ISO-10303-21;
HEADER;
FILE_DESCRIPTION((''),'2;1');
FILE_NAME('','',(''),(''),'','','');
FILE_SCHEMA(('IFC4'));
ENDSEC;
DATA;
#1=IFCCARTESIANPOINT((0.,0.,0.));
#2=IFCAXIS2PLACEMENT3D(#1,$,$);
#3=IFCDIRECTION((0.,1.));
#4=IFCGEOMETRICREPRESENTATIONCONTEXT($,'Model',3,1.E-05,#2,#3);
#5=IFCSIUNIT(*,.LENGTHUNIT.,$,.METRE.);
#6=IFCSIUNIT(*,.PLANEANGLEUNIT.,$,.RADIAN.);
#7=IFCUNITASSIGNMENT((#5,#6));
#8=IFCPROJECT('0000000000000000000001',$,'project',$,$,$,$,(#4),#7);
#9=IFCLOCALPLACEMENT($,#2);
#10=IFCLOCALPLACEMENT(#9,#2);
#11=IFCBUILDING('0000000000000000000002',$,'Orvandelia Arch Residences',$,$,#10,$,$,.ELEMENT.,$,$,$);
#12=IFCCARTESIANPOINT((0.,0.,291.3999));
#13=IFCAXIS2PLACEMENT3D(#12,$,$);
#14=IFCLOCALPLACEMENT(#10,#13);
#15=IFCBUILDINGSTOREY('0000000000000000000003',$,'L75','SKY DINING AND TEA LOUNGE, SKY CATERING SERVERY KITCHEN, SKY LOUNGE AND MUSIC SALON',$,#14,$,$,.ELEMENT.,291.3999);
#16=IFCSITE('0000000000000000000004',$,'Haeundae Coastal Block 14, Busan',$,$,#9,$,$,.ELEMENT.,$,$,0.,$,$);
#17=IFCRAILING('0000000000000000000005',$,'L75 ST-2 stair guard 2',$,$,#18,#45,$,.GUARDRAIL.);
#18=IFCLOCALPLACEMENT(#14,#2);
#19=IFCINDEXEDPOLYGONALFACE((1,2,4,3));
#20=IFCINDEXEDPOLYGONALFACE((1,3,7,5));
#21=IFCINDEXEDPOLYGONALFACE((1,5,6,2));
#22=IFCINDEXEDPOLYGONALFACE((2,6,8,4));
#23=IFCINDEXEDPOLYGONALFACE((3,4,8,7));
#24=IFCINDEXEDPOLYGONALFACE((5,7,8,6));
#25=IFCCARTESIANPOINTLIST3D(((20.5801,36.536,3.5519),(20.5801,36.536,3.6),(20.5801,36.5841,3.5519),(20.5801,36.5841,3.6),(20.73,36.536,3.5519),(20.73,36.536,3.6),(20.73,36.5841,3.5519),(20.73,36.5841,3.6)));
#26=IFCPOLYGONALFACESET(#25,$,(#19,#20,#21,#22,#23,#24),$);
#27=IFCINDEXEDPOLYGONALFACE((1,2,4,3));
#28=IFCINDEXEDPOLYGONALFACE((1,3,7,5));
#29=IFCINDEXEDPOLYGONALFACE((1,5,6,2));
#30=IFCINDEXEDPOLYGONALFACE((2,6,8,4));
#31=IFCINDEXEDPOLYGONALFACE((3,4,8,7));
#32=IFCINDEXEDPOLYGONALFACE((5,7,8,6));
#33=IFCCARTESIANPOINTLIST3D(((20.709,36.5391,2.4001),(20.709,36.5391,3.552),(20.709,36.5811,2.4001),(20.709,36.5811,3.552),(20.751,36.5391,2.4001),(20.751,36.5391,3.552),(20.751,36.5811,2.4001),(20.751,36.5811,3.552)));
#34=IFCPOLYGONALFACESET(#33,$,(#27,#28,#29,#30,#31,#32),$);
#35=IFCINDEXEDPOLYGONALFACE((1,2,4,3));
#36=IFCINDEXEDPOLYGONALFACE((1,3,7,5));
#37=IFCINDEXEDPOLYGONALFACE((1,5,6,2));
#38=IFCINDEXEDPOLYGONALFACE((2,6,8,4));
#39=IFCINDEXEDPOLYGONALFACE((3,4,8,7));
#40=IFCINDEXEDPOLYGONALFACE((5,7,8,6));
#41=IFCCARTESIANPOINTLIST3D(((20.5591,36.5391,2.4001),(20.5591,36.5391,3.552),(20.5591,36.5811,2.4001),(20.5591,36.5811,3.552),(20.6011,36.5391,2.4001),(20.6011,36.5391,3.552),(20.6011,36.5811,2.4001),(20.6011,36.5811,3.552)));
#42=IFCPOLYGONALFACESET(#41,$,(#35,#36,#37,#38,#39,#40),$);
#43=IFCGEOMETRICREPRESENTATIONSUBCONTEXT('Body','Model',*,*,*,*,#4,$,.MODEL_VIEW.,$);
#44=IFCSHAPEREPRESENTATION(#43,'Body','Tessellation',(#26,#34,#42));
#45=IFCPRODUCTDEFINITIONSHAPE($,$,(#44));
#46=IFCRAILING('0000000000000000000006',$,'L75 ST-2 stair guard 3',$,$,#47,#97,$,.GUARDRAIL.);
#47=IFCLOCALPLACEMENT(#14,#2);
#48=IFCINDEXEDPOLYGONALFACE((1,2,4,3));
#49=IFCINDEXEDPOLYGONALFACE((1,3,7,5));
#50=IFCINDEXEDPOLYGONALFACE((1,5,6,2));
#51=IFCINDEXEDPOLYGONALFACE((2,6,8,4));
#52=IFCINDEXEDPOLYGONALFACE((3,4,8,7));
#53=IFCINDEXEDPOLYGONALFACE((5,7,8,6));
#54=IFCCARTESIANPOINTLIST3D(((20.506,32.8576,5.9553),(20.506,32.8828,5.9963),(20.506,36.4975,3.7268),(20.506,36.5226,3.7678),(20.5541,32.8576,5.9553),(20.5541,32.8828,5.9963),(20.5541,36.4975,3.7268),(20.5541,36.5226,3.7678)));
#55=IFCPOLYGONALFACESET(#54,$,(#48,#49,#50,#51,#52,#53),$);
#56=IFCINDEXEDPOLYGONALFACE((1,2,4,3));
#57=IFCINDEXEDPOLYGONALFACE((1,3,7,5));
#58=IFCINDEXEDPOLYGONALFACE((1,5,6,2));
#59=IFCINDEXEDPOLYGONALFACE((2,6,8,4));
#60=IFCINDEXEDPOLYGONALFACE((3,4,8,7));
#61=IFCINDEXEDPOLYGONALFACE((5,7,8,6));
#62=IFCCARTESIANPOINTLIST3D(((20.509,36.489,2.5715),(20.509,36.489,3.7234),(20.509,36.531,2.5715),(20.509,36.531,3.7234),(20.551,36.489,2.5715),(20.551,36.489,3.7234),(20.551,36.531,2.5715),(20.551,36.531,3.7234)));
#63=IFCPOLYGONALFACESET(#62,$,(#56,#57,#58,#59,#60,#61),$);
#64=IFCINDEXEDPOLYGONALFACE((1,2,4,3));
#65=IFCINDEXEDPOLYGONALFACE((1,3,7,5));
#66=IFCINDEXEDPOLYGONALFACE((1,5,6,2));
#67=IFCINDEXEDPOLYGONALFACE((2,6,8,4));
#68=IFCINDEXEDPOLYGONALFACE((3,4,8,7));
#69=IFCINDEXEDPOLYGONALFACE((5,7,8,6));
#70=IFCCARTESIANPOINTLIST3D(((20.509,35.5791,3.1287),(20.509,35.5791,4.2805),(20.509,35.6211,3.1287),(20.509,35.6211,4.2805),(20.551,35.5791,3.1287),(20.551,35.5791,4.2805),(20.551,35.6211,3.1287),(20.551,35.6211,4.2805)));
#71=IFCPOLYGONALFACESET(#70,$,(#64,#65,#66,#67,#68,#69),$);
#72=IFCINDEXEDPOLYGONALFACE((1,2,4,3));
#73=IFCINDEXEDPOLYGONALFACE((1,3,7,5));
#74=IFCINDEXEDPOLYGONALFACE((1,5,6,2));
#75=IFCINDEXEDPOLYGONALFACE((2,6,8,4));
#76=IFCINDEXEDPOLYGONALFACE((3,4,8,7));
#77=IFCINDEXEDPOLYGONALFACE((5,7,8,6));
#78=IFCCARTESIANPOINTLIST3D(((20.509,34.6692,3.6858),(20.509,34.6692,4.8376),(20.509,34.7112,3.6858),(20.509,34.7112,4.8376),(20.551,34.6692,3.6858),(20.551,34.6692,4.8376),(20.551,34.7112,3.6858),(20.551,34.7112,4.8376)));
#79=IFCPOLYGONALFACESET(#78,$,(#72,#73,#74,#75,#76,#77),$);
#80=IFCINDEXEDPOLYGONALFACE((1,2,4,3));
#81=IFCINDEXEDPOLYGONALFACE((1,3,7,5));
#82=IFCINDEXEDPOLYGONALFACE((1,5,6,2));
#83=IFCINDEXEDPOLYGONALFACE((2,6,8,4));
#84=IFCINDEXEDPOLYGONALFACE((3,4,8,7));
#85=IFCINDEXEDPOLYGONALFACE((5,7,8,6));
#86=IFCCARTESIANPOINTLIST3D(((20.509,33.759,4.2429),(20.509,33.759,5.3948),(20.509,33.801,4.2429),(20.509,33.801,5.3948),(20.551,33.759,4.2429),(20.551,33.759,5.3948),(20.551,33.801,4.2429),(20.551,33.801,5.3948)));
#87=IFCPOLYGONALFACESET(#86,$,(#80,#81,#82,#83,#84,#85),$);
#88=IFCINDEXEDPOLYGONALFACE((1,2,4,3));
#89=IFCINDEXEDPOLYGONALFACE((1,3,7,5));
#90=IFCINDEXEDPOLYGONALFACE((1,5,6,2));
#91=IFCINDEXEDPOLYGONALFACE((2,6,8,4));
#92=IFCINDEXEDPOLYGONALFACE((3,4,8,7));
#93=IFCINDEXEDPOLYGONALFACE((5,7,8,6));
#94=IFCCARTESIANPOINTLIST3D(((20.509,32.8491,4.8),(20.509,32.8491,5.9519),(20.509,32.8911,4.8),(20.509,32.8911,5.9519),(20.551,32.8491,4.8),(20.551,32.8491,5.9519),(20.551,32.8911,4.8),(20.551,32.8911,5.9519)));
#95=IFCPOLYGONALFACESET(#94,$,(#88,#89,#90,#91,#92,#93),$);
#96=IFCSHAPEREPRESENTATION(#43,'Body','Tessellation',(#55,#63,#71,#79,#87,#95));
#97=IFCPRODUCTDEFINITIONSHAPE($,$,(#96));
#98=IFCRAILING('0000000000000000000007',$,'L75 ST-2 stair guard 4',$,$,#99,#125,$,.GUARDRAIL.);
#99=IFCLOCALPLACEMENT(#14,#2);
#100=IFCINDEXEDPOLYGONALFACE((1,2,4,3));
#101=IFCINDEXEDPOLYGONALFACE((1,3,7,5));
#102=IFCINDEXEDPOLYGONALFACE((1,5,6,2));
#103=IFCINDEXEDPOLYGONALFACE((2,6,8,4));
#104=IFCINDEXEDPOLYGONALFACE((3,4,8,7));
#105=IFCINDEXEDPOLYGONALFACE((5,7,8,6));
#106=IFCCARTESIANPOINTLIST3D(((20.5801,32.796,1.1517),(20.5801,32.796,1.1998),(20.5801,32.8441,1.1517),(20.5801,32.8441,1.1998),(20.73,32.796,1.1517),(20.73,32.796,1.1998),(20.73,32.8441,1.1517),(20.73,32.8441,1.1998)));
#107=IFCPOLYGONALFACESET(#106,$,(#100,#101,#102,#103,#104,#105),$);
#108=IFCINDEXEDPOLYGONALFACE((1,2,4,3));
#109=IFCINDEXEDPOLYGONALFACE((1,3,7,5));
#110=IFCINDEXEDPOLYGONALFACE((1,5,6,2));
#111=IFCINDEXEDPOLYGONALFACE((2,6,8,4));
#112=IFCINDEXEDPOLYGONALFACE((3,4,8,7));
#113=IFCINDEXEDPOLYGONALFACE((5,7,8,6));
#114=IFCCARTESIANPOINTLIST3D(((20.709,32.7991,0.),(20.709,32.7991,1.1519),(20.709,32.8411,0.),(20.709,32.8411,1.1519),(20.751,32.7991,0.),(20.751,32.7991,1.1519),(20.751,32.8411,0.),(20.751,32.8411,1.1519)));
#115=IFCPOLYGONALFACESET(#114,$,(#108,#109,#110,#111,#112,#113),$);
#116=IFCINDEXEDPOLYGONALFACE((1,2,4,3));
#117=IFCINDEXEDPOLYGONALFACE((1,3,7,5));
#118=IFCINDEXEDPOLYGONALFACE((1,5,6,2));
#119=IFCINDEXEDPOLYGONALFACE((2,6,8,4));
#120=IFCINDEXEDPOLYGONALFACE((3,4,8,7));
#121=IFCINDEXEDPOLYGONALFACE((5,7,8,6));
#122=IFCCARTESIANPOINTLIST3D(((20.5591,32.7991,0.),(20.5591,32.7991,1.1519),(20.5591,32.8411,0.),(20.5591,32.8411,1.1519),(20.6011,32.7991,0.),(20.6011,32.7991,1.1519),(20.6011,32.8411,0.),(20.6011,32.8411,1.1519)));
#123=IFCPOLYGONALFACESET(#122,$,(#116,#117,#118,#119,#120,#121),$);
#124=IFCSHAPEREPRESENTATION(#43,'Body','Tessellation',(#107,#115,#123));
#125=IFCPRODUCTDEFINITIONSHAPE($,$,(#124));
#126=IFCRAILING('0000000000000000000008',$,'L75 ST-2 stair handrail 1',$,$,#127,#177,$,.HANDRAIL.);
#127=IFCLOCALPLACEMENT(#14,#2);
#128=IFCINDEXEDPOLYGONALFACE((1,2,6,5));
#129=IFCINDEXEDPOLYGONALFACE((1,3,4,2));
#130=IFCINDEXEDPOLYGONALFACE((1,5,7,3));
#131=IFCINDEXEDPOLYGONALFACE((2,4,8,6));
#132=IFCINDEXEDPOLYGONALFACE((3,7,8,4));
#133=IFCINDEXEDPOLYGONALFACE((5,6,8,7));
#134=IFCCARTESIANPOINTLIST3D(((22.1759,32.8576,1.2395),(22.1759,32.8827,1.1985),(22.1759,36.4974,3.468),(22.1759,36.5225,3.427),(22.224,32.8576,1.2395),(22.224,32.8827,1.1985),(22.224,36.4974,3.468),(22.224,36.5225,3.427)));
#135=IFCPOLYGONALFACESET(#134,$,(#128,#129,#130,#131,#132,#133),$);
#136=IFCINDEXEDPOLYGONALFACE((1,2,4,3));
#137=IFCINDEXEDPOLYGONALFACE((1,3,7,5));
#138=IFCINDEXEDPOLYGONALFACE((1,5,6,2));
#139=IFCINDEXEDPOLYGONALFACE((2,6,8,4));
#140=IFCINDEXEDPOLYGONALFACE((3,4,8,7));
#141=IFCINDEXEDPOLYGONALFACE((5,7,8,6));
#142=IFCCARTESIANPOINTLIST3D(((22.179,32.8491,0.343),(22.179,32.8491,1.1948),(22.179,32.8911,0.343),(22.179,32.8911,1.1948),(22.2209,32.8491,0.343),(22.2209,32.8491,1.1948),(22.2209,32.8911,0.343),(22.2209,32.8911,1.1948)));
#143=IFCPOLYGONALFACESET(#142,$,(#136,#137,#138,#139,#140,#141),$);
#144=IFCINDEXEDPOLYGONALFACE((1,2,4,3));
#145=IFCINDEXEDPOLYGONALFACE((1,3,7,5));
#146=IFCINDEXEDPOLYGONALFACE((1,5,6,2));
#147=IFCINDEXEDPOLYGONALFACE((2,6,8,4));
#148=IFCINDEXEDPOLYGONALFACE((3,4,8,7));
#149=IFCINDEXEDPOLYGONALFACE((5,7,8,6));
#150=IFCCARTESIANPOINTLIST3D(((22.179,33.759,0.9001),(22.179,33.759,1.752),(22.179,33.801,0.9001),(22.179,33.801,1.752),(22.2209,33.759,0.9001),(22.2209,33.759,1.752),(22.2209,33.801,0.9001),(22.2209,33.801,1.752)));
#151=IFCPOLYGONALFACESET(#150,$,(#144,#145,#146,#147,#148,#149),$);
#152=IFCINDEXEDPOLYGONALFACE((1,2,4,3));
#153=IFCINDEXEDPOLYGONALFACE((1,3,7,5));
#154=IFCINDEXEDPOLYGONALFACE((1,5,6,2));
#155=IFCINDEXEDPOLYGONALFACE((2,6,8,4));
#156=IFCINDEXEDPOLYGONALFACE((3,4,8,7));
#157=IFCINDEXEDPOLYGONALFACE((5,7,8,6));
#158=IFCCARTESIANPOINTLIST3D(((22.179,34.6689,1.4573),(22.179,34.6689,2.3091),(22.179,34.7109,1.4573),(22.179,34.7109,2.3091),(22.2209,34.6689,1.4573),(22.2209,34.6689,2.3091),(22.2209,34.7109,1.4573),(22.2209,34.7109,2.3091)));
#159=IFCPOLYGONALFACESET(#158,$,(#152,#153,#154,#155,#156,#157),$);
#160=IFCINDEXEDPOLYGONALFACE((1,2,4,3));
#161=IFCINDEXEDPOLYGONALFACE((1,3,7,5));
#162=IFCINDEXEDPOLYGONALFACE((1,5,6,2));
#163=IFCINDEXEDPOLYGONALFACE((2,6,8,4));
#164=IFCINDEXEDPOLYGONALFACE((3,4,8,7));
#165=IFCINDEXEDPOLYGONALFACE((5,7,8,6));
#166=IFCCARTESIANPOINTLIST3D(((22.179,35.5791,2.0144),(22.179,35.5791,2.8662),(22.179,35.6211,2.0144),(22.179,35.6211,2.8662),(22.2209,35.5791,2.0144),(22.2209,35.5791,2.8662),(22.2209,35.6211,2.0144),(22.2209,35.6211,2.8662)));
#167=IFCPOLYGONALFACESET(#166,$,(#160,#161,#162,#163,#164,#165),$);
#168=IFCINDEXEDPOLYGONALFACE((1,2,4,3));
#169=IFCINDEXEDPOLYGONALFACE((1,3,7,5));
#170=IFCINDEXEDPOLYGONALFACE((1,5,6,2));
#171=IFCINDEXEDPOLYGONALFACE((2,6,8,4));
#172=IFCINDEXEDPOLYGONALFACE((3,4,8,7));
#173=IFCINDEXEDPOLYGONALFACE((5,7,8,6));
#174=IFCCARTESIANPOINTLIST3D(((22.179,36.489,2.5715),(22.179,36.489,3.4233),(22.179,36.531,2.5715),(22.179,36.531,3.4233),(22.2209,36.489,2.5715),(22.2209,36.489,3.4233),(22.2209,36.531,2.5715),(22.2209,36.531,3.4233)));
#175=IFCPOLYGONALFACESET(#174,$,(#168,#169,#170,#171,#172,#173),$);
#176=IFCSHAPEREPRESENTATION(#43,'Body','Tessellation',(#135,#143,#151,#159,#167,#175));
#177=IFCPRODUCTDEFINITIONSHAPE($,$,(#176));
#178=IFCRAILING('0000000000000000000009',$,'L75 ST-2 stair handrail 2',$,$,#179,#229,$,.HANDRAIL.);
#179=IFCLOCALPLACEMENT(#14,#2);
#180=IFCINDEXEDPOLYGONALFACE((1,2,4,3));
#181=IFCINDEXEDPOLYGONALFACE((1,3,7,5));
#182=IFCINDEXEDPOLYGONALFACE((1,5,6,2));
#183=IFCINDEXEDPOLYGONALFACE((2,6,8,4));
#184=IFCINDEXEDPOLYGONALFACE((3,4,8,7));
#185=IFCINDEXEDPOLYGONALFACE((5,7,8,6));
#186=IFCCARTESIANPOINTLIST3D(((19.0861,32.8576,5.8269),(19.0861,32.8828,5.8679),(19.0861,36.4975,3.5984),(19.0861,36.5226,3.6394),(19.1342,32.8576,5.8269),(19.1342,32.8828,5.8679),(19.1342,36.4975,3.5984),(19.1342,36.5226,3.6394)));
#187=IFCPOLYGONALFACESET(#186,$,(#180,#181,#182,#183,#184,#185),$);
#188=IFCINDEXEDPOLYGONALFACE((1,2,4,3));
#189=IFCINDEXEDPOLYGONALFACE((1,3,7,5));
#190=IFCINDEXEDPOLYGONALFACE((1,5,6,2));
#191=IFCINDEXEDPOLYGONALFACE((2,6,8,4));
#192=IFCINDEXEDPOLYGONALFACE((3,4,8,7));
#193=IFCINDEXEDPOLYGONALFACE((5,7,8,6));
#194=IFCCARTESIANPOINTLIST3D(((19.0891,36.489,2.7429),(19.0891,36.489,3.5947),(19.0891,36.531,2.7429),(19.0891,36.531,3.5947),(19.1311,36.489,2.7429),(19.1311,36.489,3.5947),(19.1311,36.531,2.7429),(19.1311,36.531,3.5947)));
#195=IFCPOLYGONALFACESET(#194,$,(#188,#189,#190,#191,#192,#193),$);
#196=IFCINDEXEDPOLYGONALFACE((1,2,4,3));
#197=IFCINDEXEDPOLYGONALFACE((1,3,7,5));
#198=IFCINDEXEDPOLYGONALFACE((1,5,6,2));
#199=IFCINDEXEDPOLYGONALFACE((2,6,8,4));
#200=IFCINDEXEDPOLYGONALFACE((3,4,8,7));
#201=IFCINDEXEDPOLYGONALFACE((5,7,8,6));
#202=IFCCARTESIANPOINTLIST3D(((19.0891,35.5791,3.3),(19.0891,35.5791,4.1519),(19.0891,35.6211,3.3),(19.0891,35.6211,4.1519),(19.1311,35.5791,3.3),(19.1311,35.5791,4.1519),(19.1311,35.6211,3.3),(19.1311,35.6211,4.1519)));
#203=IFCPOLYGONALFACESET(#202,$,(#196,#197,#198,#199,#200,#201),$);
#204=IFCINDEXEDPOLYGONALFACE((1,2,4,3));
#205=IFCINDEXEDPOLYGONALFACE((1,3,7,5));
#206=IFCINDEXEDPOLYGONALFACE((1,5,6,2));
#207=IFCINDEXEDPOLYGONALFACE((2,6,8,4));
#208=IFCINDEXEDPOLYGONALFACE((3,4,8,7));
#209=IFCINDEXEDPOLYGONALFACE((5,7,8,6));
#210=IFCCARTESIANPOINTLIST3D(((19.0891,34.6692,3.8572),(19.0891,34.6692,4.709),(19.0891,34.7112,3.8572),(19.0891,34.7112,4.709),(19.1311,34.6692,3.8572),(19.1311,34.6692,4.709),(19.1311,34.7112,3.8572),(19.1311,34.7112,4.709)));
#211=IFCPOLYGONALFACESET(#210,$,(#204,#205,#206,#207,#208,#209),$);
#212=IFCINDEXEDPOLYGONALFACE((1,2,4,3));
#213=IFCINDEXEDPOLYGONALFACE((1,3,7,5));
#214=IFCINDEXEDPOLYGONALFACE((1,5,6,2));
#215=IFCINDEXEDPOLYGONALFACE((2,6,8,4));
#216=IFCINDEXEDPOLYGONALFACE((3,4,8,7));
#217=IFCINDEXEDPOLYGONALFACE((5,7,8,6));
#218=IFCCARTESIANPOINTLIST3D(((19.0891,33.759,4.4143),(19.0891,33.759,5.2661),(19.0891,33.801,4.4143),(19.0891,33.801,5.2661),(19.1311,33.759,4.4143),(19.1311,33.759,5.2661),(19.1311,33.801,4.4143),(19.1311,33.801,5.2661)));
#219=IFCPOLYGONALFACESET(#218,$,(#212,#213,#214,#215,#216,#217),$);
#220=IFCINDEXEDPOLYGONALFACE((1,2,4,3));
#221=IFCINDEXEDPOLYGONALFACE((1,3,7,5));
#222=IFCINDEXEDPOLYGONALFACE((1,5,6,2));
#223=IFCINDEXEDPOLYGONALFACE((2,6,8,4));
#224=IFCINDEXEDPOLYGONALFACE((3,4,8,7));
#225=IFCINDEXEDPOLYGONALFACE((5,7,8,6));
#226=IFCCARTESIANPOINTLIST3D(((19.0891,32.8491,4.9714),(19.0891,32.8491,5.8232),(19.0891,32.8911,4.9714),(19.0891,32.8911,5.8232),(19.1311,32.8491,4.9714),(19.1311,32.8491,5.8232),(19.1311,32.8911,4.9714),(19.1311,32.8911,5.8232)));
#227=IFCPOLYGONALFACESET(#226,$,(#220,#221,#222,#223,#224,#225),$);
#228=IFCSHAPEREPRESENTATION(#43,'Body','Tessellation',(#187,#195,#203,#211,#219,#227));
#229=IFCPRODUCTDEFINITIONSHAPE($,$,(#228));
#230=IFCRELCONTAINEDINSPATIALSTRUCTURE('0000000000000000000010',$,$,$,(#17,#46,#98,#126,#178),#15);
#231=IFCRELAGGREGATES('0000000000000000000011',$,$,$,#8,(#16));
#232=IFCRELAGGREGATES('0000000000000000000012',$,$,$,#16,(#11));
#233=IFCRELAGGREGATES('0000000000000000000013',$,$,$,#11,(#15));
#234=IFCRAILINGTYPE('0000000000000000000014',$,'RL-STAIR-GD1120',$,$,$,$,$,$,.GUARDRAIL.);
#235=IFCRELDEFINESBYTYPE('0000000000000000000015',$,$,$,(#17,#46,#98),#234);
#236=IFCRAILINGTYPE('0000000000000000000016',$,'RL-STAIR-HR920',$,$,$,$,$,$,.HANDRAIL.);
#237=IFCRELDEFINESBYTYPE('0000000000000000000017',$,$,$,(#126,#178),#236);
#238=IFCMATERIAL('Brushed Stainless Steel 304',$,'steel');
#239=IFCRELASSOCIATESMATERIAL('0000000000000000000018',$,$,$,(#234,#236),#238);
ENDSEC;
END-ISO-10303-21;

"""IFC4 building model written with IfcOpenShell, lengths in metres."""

from ifc_helpers import new_model, si_unit, direction, frame, origin, origin_2d, place, context, subcontext, project, spatial, rectangle, extrude, material, type_object, element, save


model = new_model("IFC4")

# Units and contexts
model_context = context("Model", 3, precision=1e-05, world=origin(), true_north=direction((0.0, 1.0)))
body_context = subcontext(model_context, "Body", "Model", "MODEL_VIEW")
ifc_project = project(units=[si_unit("LENGTHUNIT", "METRE"), si_unit("PLANEANGLEUNIT", "RADIAN")], contexts=[model_context])

# Site, building, storey
site_placement = place(None, origin())
site = spatial("IfcSite", under=ifc_project, at=site_placement, Name="Haeundae Coastal Block 14, Busan", CompositionType="ELEMENT", RefElevation=0.0)
building_placement = place(site_placement, origin())
building = spatial("IfcBuilding", under=site, at=building_placement, Name="Orvandelia Arch Residences", CompositionType="ELEMENT")
storey_placement = place(building_placement, frame((0.0, 0.0, 291.3999)))
storey = spatial("IfcBuildingStorey", under=building, at=storey_placement, Name="L75", Description="SKY DINING AND TEA LOUNGE, SKY CATERING SERVERY KITCHEN, SKY LOUNGE AND MUSIC SALON", CompositionType="ELEMENT", Elevation=291.3999)

# Railings
ifc_material_1 = material(Name="Brushed Stainless Steel 304", Category="steel")
railing_type_1 = type_object("IfcRailingType", Name="RL-STAIR-GD1120", PredefinedType="GUARDRAIL", material=ifc_material_1)
railing_1_placement = place(storey_placement, frame((20.73, 36.5601, 2.4001)))
element("IfcRailing", 1, at=railing_1_placement, inside=storey, type_object=railing_type_1, Name="L75 ST-2 stair guard 2", PredefinedType="GUARDRAIL", context=body_context, shape_type="SweptSolid", body=[
    extrude(rectangle(XDim=0.0481, YDim=0.0481, at=origin_2d()), frame((0.0, 0.0, 1.1758), z_axis=(-1.0, 0.0, 0.0), x_axis=(0.0, -1.0, 0.0)), (0.0, 0.0, 1.0), 0.1499),
    extrude(rectangle(XDim=0.042, YDim=0.042, at=origin_2d()), origin(), (0.0, 0.0, 1.0), 1.1519),
    extrude(rectangle(XDim=0.042, YDim=0.042, at=origin_2d()), frame((-0.1499, 0.0, 0.0)), (0.0, 0.0, 1.0), 1.1519),
])
railing_2_placement = place(storey_placement, frame((20.53, 36.51, 2.5715)))
element("IfcRailing", 2, at=railing_2_placement, inside=storey, type_object=railing_type_1, Name="L75 ST-2 stair guard 3", PredefinedType="GUARDRAIL", context=body_context, shape_type="SweptSolid", body=[
    extrude(rectangle(XDim=0.0481, YDim=0.0481, at=origin_2d()), frame((0.0, 0.0, 1.1758), z_axis=(0.0, -0.85285, 0.522156), x_axis=(1.0, 0.0, 0.0)), (0.0, 0.0, 1.0), 4.2678),
    extrude(rectangle(XDim=0.042, YDim=0.042, at=origin_2d()), origin(), (0.0, 0.0, 1.0), 1.1519),
    extrude(rectangle(XDim=0.042, YDim=0.042, at=origin_2d()), frame((0.0, -0.9099, 0.5571)), (0.0, 0.0, 1.0), 1.1519),
    extrude(rectangle(XDim=0.042, YDim=0.042, at=origin_2d()), frame((0.0, -1.8198, 1.1143)), (0.0, 0.0, 1.0), 1.1519),
    extrude(rectangle(XDim=0.042, YDim=0.042, at=origin_2d()), frame((0.0, -2.73, 1.6714)), (0.0, 0.0, 1.0), 1.1519),
    extrude(rectangle(XDim=0.042, YDim=0.042, at=origin_2d()), frame((0.0, -3.6399, 2.2285)), (0.0, 0.0, 1.0), 1.1519),
])
railing_3_placement = place(storey_placement, frame((20.73, 32.8201, 0.0)))
element("IfcRailing", 3, at=railing_3_placement, inside=storey, type_object=railing_type_1, Name="L75 ST-2 stair guard 4", PredefinedType="GUARDRAIL", context=body_context, shape_type="SweptSolid", body=[
    extrude(rectangle(XDim=0.0481, YDim=0.0481, at=origin_2d()), frame((0.0, 0.0, 1.1758), z_axis=(-1.0, 0.0, 0.0), x_axis=(0.0, -1.0, 0.0)), (0.0, 0.0, 1.0), 0.1499),
    extrude(rectangle(XDim=0.042, YDim=0.042, at=origin_2d()), origin(), (0.0, 0.0, 1.0), 1.1519),
    extrude(rectangle(XDim=0.042, YDim=0.042, at=origin_2d()), frame((-0.1499, 0.0, 0.0)), (0.0, 0.0, 1.0), 1.1519),
])
railing_type_2 = type_object("IfcRailingType", Name="RL-STAIR-HR920", PredefinedType="HANDRAIL", material=ifc_material_1)
railing_4_placement = place(storey_placement, frame((22.2, 32.8701, 0.343)))
element("IfcRailing", 4, at=railing_4_placement, inside=storey, type_object=railing_type_2, Name="L75 ST-2 stair handrail 1", PredefinedType="HANDRAIL", context=body_context, shape_type="SweptSolid", body=[
    extrude(rectangle(XDim=0.0481, YDim=0.0481, at=origin_2d()), frame((0.0, 0.0, 0.876), z_axis=(0.0, 0.85285, 0.522156), x_axis=(-1.0, 0.0, 0.0)), (0.0, 0.0, 1.0), 4.2678),
    extrude(rectangle(XDim=0.042, YDim=0.042, at=origin_2d()), origin(), (0.0, 0.0, 1.0), 0.8518),
    extrude(rectangle(XDim=0.042, YDim=0.042, at=origin_2d()), frame((0.0, 0.9099, 0.5571)), (0.0, 0.0, 1.0), 0.8518),
    extrude(rectangle(XDim=0.042, YDim=0.042, at=origin_2d()), frame((0.0, 1.8198, 1.1143)), (0.0, 0.0, 1.0), 0.8518),
    extrude(rectangle(XDim=0.042, YDim=0.042, at=origin_2d()), frame((0.0, 2.73, 1.6714)), (0.0, 0.0, 1.0), 0.8518),
    extrude(rectangle(XDim=0.042, YDim=0.042, at=origin_2d()), frame((0.0, 3.6399, 2.2285)), (0.0, 0.0, 1.0), 0.8518),
])
railing_5_placement = place(storey_placement, frame((19.1101, 36.51, 2.7429)))
element("IfcRailing", 5, at=railing_5_placement, inside=storey, type_object=railing_type_2, Name="L75 ST-2 stair handrail 2", PredefinedType="HANDRAIL", context=body_context, shape_type="SweptSolid", body=[
    extrude(rectangle(XDim=0.0481, YDim=0.0481, at=origin_2d()), frame((0.0, 0.0, 0.876), z_axis=(0.0, -0.85285, 0.522156), x_axis=(1.0, 0.0, 0.0)), (0.0, 0.0, 1.0), 4.2678),
    extrude(rectangle(XDim=0.042, YDim=0.042, at=origin_2d()), origin(), (0.0, 0.0, 1.0), 0.8518),
    extrude(rectangle(XDim=0.042, YDim=0.042, at=origin_2d()), frame((0.0, -0.9099, 0.5571)), (0.0, 0.0, 1.0), 0.8518),
    extrude(rectangle(XDim=0.042, YDim=0.042, at=origin_2d()), frame((0.0, -1.8198, 1.1143)), (0.0, 0.0, 1.0), 0.8518),
    extrude(rectangle(XDim=0.042, YDim=0.042, at=origin_2d()), frame((0.0, -2.73, 1.6714)), (0.0, 0.0, 1.0), 0.8518),
    extrude(rectangle(XDim=0.042, YDim=0.042, at=origin_2d()), frame((0.0, -3.6399, 2.2285)), (0.0, 0.0, 1.0), 0.8518),
])

save(model, "model.ifc")
